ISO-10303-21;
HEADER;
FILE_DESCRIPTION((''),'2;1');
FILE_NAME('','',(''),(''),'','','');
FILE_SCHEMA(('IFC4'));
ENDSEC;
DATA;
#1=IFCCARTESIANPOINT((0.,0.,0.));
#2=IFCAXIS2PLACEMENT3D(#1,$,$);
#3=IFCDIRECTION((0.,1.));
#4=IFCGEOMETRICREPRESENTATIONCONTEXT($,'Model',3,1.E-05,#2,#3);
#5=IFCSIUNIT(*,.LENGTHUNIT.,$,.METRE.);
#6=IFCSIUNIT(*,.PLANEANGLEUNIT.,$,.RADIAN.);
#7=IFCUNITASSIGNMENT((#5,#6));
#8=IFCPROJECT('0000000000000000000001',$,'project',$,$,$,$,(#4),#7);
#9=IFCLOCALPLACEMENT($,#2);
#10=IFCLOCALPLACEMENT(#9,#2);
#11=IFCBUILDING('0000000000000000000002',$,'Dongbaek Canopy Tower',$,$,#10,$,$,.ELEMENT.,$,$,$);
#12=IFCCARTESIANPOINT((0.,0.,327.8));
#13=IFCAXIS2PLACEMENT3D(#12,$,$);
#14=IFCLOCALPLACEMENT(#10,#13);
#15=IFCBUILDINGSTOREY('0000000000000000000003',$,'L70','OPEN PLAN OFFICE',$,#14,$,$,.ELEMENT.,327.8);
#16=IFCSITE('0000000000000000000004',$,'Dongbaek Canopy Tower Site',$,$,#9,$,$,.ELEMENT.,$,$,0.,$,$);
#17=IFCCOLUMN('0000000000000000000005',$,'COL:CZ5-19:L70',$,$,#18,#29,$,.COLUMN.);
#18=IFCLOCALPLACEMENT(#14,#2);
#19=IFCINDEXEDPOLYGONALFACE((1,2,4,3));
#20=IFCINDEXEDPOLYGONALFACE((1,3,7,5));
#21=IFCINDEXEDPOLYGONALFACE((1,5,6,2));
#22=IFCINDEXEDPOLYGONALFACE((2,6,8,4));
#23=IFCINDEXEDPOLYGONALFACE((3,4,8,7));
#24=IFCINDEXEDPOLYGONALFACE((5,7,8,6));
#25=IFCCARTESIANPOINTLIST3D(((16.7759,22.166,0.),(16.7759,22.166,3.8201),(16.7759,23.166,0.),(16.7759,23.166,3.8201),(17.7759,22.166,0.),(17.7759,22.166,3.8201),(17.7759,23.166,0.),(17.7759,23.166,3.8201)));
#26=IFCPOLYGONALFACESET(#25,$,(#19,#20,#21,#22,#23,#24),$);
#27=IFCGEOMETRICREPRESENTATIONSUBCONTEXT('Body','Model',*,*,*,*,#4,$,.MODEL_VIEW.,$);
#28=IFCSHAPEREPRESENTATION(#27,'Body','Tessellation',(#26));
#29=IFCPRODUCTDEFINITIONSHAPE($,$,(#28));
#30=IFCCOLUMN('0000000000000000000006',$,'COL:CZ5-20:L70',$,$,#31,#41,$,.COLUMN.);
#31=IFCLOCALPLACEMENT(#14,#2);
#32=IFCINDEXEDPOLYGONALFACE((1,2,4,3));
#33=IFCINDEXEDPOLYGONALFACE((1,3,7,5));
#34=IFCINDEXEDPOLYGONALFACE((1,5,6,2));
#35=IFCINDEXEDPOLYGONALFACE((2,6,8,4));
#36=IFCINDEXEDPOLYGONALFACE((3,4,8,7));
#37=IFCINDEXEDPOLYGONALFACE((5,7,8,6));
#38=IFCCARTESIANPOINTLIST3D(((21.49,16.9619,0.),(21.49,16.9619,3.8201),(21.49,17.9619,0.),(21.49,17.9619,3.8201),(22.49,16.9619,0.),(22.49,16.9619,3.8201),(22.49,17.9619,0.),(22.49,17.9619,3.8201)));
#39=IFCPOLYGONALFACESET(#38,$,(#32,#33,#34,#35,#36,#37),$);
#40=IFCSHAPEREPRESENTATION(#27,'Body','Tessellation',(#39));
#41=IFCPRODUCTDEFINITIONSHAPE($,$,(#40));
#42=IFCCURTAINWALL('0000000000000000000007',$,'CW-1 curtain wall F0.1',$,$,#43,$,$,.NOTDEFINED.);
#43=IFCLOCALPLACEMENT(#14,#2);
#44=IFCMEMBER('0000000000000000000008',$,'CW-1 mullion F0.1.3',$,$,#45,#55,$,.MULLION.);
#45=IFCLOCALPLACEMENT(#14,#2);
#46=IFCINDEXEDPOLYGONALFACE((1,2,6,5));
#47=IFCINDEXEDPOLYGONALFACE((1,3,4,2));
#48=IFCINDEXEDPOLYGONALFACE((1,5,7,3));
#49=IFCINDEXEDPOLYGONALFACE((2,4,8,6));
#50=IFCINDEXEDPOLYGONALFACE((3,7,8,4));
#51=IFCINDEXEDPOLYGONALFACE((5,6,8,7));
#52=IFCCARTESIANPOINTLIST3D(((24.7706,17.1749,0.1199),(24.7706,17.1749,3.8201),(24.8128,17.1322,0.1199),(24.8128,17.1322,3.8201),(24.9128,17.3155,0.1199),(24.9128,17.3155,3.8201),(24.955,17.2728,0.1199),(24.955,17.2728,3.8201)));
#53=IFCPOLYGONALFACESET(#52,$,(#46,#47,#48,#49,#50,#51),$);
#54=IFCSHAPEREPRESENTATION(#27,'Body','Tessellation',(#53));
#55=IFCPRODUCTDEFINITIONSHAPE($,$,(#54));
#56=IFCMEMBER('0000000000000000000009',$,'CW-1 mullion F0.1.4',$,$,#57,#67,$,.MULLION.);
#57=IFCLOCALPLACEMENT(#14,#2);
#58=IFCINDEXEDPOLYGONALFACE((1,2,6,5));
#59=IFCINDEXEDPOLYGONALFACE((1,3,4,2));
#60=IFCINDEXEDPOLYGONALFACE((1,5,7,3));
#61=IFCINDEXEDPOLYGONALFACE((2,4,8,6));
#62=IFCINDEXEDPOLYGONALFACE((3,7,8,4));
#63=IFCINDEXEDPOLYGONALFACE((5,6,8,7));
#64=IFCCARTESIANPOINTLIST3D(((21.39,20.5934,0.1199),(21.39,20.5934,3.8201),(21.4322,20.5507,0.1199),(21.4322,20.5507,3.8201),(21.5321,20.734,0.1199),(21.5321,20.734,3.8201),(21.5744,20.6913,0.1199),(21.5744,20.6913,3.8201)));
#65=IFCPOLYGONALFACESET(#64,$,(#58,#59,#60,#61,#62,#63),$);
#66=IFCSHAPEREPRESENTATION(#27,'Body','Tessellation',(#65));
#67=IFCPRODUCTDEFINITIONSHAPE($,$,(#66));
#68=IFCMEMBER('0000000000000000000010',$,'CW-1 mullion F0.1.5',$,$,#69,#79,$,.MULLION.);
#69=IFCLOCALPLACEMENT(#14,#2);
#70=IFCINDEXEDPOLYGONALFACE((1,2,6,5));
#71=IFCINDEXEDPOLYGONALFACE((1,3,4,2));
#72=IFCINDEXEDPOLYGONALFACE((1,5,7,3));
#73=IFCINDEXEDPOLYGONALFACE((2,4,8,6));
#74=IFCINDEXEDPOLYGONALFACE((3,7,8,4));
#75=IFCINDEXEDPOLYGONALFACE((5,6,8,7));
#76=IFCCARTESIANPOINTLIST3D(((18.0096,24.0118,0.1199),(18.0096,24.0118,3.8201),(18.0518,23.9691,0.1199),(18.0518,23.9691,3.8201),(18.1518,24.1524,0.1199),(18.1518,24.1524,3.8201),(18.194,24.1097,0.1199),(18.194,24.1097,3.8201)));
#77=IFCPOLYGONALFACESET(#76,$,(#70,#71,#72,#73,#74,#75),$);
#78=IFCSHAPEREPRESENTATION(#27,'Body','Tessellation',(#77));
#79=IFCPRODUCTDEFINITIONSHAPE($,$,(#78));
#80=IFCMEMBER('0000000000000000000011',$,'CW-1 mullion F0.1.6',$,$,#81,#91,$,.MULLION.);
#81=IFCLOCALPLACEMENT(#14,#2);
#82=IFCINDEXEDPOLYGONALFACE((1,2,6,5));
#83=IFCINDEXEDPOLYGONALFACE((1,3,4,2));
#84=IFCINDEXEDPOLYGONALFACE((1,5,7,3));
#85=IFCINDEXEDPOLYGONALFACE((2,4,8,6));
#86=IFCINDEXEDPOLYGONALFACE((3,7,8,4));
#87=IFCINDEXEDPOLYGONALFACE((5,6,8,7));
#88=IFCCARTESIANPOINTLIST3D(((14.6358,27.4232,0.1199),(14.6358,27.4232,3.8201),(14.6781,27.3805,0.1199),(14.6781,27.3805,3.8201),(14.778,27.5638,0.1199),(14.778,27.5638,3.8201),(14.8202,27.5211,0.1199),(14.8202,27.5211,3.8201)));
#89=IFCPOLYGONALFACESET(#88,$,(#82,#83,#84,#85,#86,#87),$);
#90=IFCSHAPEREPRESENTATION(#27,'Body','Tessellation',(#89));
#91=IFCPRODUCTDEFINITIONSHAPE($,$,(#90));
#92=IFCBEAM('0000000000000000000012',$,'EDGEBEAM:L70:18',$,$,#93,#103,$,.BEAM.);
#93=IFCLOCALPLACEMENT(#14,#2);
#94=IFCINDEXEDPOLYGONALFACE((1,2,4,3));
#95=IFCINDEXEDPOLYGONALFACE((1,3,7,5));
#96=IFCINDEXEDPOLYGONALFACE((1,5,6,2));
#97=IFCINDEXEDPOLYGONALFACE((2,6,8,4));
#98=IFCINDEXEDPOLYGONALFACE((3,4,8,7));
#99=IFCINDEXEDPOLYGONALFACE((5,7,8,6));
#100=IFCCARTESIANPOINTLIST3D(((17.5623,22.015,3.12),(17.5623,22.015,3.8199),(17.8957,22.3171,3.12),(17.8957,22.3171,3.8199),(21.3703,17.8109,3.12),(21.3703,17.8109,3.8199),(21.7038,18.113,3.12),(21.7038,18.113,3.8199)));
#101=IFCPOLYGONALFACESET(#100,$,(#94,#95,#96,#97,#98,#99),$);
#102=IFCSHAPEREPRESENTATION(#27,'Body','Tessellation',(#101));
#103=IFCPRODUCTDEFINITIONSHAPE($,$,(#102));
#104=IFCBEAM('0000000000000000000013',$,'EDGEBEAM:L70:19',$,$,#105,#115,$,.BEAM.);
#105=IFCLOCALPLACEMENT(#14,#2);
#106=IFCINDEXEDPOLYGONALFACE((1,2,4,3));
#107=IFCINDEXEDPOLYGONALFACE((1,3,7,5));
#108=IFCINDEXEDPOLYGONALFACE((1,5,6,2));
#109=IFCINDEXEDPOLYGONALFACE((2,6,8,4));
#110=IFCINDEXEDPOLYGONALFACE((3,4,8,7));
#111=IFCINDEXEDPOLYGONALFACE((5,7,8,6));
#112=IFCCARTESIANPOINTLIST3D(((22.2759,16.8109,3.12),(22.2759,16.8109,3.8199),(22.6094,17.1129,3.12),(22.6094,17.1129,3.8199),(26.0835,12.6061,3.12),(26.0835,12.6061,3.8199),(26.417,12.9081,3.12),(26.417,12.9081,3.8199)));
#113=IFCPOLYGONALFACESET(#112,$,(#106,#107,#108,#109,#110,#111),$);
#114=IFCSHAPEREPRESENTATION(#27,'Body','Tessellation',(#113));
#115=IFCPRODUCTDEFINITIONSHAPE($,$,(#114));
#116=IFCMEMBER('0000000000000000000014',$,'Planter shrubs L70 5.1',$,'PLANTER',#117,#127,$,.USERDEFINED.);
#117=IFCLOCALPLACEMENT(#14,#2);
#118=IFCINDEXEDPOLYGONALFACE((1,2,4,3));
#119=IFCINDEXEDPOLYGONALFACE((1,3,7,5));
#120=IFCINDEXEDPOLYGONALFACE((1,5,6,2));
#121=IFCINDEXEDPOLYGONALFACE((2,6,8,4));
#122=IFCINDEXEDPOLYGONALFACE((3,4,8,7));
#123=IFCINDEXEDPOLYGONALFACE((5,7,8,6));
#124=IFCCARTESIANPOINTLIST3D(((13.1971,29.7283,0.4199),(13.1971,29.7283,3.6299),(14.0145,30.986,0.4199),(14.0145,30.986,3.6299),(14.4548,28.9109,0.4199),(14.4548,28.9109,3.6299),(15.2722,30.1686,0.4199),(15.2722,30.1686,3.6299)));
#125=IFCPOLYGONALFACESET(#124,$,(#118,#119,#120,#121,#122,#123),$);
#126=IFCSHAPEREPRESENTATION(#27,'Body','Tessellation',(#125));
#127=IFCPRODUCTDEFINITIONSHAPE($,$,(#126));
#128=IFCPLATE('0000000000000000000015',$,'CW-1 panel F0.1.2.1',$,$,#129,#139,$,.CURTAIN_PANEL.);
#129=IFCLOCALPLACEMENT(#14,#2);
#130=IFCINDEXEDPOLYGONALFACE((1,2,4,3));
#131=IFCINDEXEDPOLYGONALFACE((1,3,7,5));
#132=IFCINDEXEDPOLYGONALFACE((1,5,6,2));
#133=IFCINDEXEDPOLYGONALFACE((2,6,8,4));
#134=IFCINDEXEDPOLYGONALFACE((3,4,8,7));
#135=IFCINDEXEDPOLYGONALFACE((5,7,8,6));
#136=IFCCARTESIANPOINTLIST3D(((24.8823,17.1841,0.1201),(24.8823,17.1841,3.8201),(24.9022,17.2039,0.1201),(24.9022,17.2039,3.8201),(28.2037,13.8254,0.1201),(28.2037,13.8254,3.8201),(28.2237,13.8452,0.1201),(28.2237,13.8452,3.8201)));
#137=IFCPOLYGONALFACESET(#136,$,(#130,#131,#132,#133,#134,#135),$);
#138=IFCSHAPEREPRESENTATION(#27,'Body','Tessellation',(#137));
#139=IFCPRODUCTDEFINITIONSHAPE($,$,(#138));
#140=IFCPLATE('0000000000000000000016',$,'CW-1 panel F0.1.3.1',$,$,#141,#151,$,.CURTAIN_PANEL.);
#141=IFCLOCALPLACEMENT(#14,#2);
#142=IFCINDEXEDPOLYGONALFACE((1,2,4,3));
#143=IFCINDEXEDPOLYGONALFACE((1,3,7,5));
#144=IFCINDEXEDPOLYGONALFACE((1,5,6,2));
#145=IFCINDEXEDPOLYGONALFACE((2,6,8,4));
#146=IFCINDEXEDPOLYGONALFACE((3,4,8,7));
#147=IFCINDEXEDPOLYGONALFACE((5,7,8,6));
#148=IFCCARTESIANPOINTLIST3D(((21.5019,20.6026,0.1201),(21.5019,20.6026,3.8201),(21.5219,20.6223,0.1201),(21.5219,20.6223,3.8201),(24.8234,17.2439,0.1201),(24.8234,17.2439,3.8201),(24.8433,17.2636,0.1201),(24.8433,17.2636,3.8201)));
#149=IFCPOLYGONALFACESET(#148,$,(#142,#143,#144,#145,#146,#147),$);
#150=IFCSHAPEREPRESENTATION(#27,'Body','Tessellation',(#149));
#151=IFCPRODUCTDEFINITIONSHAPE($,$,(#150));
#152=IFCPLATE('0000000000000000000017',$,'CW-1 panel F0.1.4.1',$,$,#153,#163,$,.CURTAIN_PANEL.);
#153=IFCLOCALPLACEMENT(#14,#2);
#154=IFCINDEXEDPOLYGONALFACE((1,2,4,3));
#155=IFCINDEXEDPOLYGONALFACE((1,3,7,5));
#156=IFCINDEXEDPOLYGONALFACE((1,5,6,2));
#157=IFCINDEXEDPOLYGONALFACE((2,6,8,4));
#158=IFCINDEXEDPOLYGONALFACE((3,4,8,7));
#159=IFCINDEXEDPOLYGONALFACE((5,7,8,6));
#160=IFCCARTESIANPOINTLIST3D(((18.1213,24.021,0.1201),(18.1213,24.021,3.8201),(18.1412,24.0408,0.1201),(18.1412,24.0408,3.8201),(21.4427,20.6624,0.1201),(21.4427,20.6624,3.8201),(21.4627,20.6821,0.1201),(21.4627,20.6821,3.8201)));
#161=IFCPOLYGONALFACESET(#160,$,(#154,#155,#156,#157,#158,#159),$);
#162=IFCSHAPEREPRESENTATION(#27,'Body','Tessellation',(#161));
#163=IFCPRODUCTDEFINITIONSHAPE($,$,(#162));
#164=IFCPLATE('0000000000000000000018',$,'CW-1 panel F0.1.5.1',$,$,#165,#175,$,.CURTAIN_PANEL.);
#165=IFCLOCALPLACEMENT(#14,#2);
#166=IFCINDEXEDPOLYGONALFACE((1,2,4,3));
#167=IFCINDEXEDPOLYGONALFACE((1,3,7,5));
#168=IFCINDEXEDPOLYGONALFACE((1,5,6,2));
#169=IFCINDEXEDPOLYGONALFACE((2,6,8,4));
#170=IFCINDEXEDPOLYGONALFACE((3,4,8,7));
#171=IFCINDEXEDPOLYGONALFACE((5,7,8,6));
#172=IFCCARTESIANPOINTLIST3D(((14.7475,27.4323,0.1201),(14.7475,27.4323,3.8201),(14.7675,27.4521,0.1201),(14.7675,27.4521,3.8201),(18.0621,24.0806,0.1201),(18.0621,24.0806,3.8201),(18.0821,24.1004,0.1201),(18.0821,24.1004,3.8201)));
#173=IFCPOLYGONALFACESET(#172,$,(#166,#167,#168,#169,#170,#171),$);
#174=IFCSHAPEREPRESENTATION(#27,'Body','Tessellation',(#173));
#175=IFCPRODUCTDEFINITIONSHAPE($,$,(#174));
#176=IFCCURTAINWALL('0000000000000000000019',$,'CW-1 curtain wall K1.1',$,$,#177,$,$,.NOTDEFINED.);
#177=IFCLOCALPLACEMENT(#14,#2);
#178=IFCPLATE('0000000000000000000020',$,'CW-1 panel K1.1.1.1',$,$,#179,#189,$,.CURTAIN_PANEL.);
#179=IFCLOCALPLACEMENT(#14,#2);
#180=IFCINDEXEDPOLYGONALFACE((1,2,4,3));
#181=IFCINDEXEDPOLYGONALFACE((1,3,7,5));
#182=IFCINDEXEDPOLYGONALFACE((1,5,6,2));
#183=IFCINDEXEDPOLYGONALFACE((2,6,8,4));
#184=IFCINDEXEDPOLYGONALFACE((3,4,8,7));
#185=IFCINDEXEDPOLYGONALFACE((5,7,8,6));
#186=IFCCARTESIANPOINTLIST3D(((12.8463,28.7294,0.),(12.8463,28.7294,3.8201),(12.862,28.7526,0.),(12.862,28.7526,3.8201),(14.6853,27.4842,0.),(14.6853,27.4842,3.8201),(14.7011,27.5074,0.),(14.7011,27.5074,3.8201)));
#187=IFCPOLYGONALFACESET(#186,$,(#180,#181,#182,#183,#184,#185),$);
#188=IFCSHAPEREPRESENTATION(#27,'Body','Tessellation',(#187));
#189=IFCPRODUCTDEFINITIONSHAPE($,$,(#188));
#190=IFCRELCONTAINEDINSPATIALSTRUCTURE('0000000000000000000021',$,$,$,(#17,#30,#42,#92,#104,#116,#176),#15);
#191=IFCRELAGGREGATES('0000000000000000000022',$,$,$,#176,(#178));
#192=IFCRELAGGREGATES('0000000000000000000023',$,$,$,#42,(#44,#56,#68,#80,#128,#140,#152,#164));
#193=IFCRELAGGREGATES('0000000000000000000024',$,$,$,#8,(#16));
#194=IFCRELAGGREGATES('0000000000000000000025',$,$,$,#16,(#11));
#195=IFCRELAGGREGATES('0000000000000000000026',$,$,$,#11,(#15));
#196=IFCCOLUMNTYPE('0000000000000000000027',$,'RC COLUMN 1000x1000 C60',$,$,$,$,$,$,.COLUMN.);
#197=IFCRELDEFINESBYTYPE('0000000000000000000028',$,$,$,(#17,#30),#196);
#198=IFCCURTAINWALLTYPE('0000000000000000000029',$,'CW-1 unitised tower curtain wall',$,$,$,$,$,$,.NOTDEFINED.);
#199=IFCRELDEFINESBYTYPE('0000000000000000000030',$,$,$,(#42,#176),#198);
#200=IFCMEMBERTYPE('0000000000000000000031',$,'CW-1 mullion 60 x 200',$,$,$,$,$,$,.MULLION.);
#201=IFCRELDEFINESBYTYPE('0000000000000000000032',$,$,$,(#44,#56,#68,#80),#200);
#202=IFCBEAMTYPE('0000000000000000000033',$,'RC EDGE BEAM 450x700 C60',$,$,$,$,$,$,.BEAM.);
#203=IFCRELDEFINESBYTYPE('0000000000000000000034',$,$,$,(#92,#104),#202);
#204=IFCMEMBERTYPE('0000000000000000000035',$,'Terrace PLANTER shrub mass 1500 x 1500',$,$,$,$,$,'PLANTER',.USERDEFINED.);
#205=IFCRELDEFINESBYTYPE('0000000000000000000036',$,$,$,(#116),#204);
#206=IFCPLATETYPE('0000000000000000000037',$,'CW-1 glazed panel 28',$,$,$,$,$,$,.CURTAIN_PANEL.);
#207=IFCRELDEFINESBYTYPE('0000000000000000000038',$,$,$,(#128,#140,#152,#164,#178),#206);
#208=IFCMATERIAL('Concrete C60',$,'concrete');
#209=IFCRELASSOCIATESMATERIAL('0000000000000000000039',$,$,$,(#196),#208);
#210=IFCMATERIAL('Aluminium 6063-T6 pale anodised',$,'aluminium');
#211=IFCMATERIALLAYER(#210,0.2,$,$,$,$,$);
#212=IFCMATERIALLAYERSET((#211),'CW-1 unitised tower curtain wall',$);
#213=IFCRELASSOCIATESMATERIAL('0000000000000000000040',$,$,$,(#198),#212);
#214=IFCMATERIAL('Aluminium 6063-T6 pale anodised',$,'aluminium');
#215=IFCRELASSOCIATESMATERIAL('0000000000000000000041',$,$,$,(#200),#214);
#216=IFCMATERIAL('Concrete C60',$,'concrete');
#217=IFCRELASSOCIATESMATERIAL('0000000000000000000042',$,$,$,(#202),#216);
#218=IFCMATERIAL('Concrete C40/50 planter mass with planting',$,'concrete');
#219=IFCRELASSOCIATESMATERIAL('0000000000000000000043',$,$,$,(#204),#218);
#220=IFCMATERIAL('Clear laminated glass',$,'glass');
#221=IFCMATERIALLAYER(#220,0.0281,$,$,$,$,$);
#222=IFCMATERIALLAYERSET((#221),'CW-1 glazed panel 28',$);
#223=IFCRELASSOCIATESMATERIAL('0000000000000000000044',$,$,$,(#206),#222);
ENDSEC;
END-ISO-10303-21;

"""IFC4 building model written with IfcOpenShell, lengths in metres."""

from ifc_helpers import new_model, si_unit, direction, frame, origin, origin_2d, place, context, subcontext, project, spatial, rectangle, extrude, material, layer, layer_set, material_profile, profile_set, type_object, element, aggregate, save


model = new_model("IFC4")

# Units and contexts
model_context = context("Model", 3, precision=1e-05, world=origin(), true_north=direction((0.0, 1.0)))
body_context = subcontext(model_context, "Body", "Model", "MODEL_VIEW")
ifc_project = project(units=[si_unit("LENGTHUNIT", "METRE"), si_unit("PLANEANGLEUNIT", "RADIAN")], contexts=[model_context])

# Site, building, storey
site_placement = place(None, origin())
site = spatial("IfcSite", under=ifc_project, at=site_placement, Name="Dongbaek Canopy Tower Site", CompositionType="ELEMENT", RefElevation=0.0)
building_placement = place(site_placement, origin())
building = spatial("IfcBuilding", under=site, at=building_placement, Name="Dongbaek Canopy Tower", CompositionType="ELEMENT")
storey_placement = place(building_placement, frame((0.0, 0.0, 327.8)))
storey = spatial("IfcBuildingStorey", under=building, at=storey_placement, Name="L70", Description="OPEN PLAN OFFICE", CompositionType="ELEMENT", Elevation=327.8)

# Columns
ifc_material_1 = material(Name="Concrete C60", Category="concrete")
ifc_material_profile_1 = material_profile(ifc_material_1, rectangle(XDim=1.0, YDim=1.0, at=origin_2d()), Name="RC COLUMN 1000x1000 C60")
ifc_profile_set_1 = profile_set([ifc_material_profile_1], Name="Concrete C60")
column_type = type_object("IfcColumnType", Name="RC COLUMN 1000x1000 C60", PredefinedType="COLUMN", material=ifc_profile_set_1)
for number, where, z_axis, x_axis, name in (
    (1, (17.2759, 22.666, 0.0), (0.0, 0.0, 1.0), (1.0, 0.0, 0.0), "COL:CZ5-19:L70"),
    (2, (21.99, 17.4619, 0.0), (0.0, 0.0, 1.0), (1.0, 0.0, 0.0), "COL:CZ5-20:L70"),
):
    element("IfcColumn", number, at=place(storey_placement, frame(where, z_axis=z_axis, x_axis=x_axis)), inside=storey, type_object=column_type, Name=name, PredefinedType="COLUMN", context=body_context, shape_type="SweptSolid", body=[
        extrude(rectangle(XDim=1.0, YDim=1.0, at=origin_2d()), origin(), (0.0, 0.0, 1.0), 3.8201),
    ])

# Curtain wall, members
ifc_material_2 = material(Name="Aluminium 6063-T6 pale anodised", Category="aluminium")
ifc_layer_1 = layer(ifc_material_2, 0.2)
ifc_layer_set_1 = layer_set([ifc_layer_1], Name="CW-1 unitised tower curtain wall")
curtain_wall_type = type_object("IfcCurtainWallType", Name="CW-1 unitised tower curtain wall", PredefinedType="NOTDEFINED", material=ifc_layer_set_1)
curtain_wall_1_placement = place(storey_placement, origin())
curtain_wall_1 = element("IfcCurtainWall", 3, at=curtain_wall_1_placement, inside=storey, type_object=curtain_wall_type, Name="CW-1 curtain wall F0.1", PredefinedType="NOTDEFINED")
ifc_material_3 = material(Name="Aluminium 6063-T6 pale anodised", Category="aluminium")
ifc_material_profile_2 = material_profile(ifc_material_3, rectangle(XDim=0.2, YDim=0.0601, at=origin_2d()), Name="CW-1 mullion 60 x 200")
ifc_profile_set_2 = profile_set([ifc_material_profile_2], Name="Aluminium 6063-T6 pale anodised")
member_type_1 = type_object("IfcMemberType", Name="CW-1 mullion 60 x 200", PredefinedType="MULLION", material=ifc_profile_set_2)
member_1_placement = place(storey_placement, frame((24.8628, 17.2239, 0.1199), z_axis=(0.0, 0.0, 1.0), x_axis=(0.711035, 0.703156, 0.0)))
member_1 = element("IfcMember", 4, at=member_1_placement, type_object=member_type_1, Name="CW-1 mullion F0.1.3", PredefinedType="MULLION", context=body_context, shape_type="SweptSolid", body=[
    extrude(rectangle(XDim=0.2, YDim=0.0601, at=origin_2d()), origin(), (0.0, 0.0, 1.0), 3.7002),
])
member_2_placement = place(storey_placement, frame((21.4822, 20.6423, 0.1199), z_axis=(0.0, 0.0, 1.0), x_axis=(0.711035, 0.703156, 0.0)))
member_2 = element("IfcMember", 5, at=member_2_placement, type_object=member_type_1, Name="CW-1 mullion F0.1.4", PredefinedType="MULLION", context=body_context, shape_type="SweptSolid", body=[
    extrude(rectangle(XDim=0.2, YDim=0.0601, at=origin_2d()), origin(), (0.0, 0.0, 1.0), 3.7002),
])
member_3_placement = place(storey_placement, frame((18.1018, 24.0608, 0.1199), z_axis=(0.0, 0.0, 1.0), x_axis=(0.711035, 0.703156, 0.0)))
member_3 = element("IfcMember", 6, at=member_3_placement, type_object=member_type_1, Name="CW-1 mullion F0.1.5", PredefinedType="MULLION", context=body_context, shape_type="SweptSolid", body=[
    extrude(rectangle(XDim=0.2, YDim=0.0601, at=origin_2d()), origin(), (0.0, 0.0, 1.0), 3.7002),
])
member_4_placement = place(storey_placement, frame((14.728, 27.4722, 0.1199), z_axis=(0.0, 0.0, 1.0), x_axis=(0.711035, 0.703156, 0.0)))
member_4 = element("IfcMember", 7, at=member_4_placement, type_object=member_type_1, Name="CW-1 mullion F0.1.6", PredefinedType="MULLION", context=body_context, shape_type="SweptSolid", body=[
    extrude(rectangle(XDim=0.2, YDim=0.0601, at=origin_2d()), origin(), (0.0, 0.0, 1.0), 3.7002),
])

# Beams
ifc_material_4 = material(Name="Concrete C60", Category="concrete")
ifc_material_profile_3 = material_profile(ifc_material_4, rectangle(XDim=0.45, YDim=0.7, at=origin_2d()), Name="RC EDGE BEAM 450x700 C60")
ifc_profile_set_3 = profile_set([ifc_material_profile_3], Name="Concrete C60")
beam_type = type_object("IfcBeamType", Name="RC EDGE BEAM 450x700 C60", PredefinedType="BEAM", material=ifc_profile_set_3)
beam_1_placement = place(storey_placement, frame((17.729, 22.166, 3.47), z_axis=(0.671339, -0.74115, 0.0), x_axis=(0.74115, 0.671339, 0.0)))
element("IfcBeam", 8, at=beam_1_placement, inside=storey, type_object=beam_type, Name="EDGEBEAM:L70:18", PredefinedType="BEAM", context=body_context, shape_type="SweptSolid", body=[
    extrude(rectangle(XDim=0.45, YDim=0.7, at=origin_2d()), origin(), (0.0, 0.0, 1.0), 5.6724),
])
beam_2_placement = place(storey_placement, frame((22.4426, 16.9619, 3.47), z_axis=(0.671228, -0.741251, 0.0), x_axis=(0.741251, 0.671228, 0.0)))
element("IfcBeam", 9, at=beam_2_placement, inside=storey, type_object=beam_type, Name="EDGEBEAM:L70:19", PredefinedType="BEAM", context=body_context, shape_type="SweptSolid", body=[
    extrude(rectangle(XDim=0.45, YDim=0.7, at=origin_2d()), origin(), (0.0, 0.0, 1.0), 5.6726),
])

# Member
ifc_material_5 = material(Name="Concrete C40/50 planter mass with planting", Category="concrete")
ifc_material_profile_4 = material_profile(ifc_material_5, rectangle(XDim=1.5, YDim=1.5, at=origin_2d()), Name="Terrace PLANTER shrub mass 1500 x 1500")
ifc_profile_set_4 = profile_set([ifc_material_profile_4], Name="Concrete C40/50 planter mass with planting")
member_type_2 = type_object("IfcMemberType", Name="Terrace PLANTER shrub mass 1500 x 1500", ElementType="PLANTER", PredefinedType="USERDEFINED", material=ifc_profile_set_4)
member_5_placement = place(storey_placement, frame((14.2346, 29.9485, 0.4199), z_axis=(0.0, 0.0, 1.0), x_axis=(0.544949, 0.838469, 0.0)))
element("IfcMember", 10, at=member_5_placement, inside=storey, type_object=member_type_2, Name="Planter shrubs L70 5.1", ObjectType="PLANTER", PredefinedType="USERDEFINED", context=body_context, shape_type="SweptSolid", body=[
    extrude(rectangle(XDim=1.5, YDim=1.5, at=origin_2d()), origin(), (0.0, 0.0, 1.0), 3.21),
])

# Plates
ifc_material_6 = material(Name="Clear laminated glass", Category="glass")
ifc_layer_2 = layer(ifc_material_6, 0.0281)
ifc_layer_set_2 = layer_set([ifc_layer_2], Name="CW-1 glazed panel 28")
plate_type = type_object("IfcPlateType", Name="CW-1 glazed panel 28", PredefinedType="CURTAIN_PANEL", material=ifc_layer_set_2)
plate_1_placement = place(storey_placement, frame((26.553, 15.5146, 0.1201), z_axis=(0.0, 0.0, 1.0), x_axis=(-0.703156, 0.711035, 0.0)))
plate_1 = element("IfcPlate", 11, at=plate_1_placement, type_object=plate_type, Name="CW-1 panel F0.1.2.1", PredefinedType="CURTAIN_PANEL", context=body_context, shape_type="SweptSolid", body=[
    extrude(rectangle(XDim=4.7236, YDim=0.0281, at=origin_2d()), origin(), (0.0, 0.0, 1.0), 3.7),
])
plate_2_placement = place(storey_placement, frame((23.1726, 18.9331, 0.1201), z_axis=(0.0, 0.0, 1.0), x_axis=(-0.703156, 0.711035, 0.0)))
plate_2 = element("IfcPlate", 12, at=plate_2_placement, type_object=plate_type, Name="CW-1 panel F0.1.3.1", PredefinedType="CURTAIN_PANEL", context=body_context, shape_type="SweptSolid", body=[
    extrude(rectangle(XDim=4.7236, YDim=0.0281, at=origin_2d()), origin(), (0.0, 0.0, 1.0), 3.7),
])
plate_3_placement = place(storey_placement, frame((19.792, 22.3516, 0.1201), z_axis=(0.0, 0.0, 1.0), x_axis=(-0.703156, 0.711035, 0.0)))
plate_3 = element("IfcPlate", 13, at=plate_3_placement, type_object=plate_type, Name="CW-1 panel F0.1.4.1", PredefinedType="CURTAIN_PANEL", context=body_context, shape_type="SweptSolid", body=[
    extrude(rectangle(XDim=4.7236, YDim=0.0281, at=origin_2d()), origin(), (0.0, 0.0, 1.0), 3.7),
])
plate_4_placement = place(storey_placement, frame((16.4148, 25.7664, 0.1201), z_axis=(0.0, 0.0, 1.0), x_axis=(-0.703156, 0.711035, 0.0)))
plate_4 = element("IfcPlate", 14, at=plate_4_placement, type_object=plate_type, Name="CW-1 panel F0.1.5.1", PredefinedType="CURTAIN_PANEL", context=body_context, shape_type="SweptSolid", body=[
    extrude(rectangle(XDim=4.7139, YDim=0.0281, at=origin_2d()), origin(), (0.0, 0.0, 1.0), 3.7),
])

# Curtain wall, plate
curtain_wall_2_placement = place(storey_placement, origin())
curtain_wall_2 = element("IfcCurtainWall", 15, at=curtain_wall_2_placement, inside=storey, type_object=curtain_wall_type, Name="CW-1 curtain wall K1.1", PredefinedType="NOTDEFINED")
plate_5_placement = place(storey_placement, frame((13.7737, 28.1184, 0.0), z_axis=(0.0, 0.0, 1.0), x_axis=(-0.828052, 0.560652, 0.0)))
plate_5 = element("IfcPlate", 16, at=plate_5_placement, type_object=plate_type, Name="CW-1 panel K1.1.1.1", PredefinedType="CURTAIN_PANEL", context=body_context, shape_type="SweptSolid", body=[
    extrude(rectangle(XDim=2.2209, YDim=0.0281, at=origin_2d()), origin(), (0.0, 0.0, 1.0), 3.8201),
])
aggregate(curtain_wall_2, [plate_5])

aggregate(curtain_wall_1, [member_1, member_2, member_3, member_4, plate_1, plate_2, plate_3, plate_4])

save(model, "model.ifc")
